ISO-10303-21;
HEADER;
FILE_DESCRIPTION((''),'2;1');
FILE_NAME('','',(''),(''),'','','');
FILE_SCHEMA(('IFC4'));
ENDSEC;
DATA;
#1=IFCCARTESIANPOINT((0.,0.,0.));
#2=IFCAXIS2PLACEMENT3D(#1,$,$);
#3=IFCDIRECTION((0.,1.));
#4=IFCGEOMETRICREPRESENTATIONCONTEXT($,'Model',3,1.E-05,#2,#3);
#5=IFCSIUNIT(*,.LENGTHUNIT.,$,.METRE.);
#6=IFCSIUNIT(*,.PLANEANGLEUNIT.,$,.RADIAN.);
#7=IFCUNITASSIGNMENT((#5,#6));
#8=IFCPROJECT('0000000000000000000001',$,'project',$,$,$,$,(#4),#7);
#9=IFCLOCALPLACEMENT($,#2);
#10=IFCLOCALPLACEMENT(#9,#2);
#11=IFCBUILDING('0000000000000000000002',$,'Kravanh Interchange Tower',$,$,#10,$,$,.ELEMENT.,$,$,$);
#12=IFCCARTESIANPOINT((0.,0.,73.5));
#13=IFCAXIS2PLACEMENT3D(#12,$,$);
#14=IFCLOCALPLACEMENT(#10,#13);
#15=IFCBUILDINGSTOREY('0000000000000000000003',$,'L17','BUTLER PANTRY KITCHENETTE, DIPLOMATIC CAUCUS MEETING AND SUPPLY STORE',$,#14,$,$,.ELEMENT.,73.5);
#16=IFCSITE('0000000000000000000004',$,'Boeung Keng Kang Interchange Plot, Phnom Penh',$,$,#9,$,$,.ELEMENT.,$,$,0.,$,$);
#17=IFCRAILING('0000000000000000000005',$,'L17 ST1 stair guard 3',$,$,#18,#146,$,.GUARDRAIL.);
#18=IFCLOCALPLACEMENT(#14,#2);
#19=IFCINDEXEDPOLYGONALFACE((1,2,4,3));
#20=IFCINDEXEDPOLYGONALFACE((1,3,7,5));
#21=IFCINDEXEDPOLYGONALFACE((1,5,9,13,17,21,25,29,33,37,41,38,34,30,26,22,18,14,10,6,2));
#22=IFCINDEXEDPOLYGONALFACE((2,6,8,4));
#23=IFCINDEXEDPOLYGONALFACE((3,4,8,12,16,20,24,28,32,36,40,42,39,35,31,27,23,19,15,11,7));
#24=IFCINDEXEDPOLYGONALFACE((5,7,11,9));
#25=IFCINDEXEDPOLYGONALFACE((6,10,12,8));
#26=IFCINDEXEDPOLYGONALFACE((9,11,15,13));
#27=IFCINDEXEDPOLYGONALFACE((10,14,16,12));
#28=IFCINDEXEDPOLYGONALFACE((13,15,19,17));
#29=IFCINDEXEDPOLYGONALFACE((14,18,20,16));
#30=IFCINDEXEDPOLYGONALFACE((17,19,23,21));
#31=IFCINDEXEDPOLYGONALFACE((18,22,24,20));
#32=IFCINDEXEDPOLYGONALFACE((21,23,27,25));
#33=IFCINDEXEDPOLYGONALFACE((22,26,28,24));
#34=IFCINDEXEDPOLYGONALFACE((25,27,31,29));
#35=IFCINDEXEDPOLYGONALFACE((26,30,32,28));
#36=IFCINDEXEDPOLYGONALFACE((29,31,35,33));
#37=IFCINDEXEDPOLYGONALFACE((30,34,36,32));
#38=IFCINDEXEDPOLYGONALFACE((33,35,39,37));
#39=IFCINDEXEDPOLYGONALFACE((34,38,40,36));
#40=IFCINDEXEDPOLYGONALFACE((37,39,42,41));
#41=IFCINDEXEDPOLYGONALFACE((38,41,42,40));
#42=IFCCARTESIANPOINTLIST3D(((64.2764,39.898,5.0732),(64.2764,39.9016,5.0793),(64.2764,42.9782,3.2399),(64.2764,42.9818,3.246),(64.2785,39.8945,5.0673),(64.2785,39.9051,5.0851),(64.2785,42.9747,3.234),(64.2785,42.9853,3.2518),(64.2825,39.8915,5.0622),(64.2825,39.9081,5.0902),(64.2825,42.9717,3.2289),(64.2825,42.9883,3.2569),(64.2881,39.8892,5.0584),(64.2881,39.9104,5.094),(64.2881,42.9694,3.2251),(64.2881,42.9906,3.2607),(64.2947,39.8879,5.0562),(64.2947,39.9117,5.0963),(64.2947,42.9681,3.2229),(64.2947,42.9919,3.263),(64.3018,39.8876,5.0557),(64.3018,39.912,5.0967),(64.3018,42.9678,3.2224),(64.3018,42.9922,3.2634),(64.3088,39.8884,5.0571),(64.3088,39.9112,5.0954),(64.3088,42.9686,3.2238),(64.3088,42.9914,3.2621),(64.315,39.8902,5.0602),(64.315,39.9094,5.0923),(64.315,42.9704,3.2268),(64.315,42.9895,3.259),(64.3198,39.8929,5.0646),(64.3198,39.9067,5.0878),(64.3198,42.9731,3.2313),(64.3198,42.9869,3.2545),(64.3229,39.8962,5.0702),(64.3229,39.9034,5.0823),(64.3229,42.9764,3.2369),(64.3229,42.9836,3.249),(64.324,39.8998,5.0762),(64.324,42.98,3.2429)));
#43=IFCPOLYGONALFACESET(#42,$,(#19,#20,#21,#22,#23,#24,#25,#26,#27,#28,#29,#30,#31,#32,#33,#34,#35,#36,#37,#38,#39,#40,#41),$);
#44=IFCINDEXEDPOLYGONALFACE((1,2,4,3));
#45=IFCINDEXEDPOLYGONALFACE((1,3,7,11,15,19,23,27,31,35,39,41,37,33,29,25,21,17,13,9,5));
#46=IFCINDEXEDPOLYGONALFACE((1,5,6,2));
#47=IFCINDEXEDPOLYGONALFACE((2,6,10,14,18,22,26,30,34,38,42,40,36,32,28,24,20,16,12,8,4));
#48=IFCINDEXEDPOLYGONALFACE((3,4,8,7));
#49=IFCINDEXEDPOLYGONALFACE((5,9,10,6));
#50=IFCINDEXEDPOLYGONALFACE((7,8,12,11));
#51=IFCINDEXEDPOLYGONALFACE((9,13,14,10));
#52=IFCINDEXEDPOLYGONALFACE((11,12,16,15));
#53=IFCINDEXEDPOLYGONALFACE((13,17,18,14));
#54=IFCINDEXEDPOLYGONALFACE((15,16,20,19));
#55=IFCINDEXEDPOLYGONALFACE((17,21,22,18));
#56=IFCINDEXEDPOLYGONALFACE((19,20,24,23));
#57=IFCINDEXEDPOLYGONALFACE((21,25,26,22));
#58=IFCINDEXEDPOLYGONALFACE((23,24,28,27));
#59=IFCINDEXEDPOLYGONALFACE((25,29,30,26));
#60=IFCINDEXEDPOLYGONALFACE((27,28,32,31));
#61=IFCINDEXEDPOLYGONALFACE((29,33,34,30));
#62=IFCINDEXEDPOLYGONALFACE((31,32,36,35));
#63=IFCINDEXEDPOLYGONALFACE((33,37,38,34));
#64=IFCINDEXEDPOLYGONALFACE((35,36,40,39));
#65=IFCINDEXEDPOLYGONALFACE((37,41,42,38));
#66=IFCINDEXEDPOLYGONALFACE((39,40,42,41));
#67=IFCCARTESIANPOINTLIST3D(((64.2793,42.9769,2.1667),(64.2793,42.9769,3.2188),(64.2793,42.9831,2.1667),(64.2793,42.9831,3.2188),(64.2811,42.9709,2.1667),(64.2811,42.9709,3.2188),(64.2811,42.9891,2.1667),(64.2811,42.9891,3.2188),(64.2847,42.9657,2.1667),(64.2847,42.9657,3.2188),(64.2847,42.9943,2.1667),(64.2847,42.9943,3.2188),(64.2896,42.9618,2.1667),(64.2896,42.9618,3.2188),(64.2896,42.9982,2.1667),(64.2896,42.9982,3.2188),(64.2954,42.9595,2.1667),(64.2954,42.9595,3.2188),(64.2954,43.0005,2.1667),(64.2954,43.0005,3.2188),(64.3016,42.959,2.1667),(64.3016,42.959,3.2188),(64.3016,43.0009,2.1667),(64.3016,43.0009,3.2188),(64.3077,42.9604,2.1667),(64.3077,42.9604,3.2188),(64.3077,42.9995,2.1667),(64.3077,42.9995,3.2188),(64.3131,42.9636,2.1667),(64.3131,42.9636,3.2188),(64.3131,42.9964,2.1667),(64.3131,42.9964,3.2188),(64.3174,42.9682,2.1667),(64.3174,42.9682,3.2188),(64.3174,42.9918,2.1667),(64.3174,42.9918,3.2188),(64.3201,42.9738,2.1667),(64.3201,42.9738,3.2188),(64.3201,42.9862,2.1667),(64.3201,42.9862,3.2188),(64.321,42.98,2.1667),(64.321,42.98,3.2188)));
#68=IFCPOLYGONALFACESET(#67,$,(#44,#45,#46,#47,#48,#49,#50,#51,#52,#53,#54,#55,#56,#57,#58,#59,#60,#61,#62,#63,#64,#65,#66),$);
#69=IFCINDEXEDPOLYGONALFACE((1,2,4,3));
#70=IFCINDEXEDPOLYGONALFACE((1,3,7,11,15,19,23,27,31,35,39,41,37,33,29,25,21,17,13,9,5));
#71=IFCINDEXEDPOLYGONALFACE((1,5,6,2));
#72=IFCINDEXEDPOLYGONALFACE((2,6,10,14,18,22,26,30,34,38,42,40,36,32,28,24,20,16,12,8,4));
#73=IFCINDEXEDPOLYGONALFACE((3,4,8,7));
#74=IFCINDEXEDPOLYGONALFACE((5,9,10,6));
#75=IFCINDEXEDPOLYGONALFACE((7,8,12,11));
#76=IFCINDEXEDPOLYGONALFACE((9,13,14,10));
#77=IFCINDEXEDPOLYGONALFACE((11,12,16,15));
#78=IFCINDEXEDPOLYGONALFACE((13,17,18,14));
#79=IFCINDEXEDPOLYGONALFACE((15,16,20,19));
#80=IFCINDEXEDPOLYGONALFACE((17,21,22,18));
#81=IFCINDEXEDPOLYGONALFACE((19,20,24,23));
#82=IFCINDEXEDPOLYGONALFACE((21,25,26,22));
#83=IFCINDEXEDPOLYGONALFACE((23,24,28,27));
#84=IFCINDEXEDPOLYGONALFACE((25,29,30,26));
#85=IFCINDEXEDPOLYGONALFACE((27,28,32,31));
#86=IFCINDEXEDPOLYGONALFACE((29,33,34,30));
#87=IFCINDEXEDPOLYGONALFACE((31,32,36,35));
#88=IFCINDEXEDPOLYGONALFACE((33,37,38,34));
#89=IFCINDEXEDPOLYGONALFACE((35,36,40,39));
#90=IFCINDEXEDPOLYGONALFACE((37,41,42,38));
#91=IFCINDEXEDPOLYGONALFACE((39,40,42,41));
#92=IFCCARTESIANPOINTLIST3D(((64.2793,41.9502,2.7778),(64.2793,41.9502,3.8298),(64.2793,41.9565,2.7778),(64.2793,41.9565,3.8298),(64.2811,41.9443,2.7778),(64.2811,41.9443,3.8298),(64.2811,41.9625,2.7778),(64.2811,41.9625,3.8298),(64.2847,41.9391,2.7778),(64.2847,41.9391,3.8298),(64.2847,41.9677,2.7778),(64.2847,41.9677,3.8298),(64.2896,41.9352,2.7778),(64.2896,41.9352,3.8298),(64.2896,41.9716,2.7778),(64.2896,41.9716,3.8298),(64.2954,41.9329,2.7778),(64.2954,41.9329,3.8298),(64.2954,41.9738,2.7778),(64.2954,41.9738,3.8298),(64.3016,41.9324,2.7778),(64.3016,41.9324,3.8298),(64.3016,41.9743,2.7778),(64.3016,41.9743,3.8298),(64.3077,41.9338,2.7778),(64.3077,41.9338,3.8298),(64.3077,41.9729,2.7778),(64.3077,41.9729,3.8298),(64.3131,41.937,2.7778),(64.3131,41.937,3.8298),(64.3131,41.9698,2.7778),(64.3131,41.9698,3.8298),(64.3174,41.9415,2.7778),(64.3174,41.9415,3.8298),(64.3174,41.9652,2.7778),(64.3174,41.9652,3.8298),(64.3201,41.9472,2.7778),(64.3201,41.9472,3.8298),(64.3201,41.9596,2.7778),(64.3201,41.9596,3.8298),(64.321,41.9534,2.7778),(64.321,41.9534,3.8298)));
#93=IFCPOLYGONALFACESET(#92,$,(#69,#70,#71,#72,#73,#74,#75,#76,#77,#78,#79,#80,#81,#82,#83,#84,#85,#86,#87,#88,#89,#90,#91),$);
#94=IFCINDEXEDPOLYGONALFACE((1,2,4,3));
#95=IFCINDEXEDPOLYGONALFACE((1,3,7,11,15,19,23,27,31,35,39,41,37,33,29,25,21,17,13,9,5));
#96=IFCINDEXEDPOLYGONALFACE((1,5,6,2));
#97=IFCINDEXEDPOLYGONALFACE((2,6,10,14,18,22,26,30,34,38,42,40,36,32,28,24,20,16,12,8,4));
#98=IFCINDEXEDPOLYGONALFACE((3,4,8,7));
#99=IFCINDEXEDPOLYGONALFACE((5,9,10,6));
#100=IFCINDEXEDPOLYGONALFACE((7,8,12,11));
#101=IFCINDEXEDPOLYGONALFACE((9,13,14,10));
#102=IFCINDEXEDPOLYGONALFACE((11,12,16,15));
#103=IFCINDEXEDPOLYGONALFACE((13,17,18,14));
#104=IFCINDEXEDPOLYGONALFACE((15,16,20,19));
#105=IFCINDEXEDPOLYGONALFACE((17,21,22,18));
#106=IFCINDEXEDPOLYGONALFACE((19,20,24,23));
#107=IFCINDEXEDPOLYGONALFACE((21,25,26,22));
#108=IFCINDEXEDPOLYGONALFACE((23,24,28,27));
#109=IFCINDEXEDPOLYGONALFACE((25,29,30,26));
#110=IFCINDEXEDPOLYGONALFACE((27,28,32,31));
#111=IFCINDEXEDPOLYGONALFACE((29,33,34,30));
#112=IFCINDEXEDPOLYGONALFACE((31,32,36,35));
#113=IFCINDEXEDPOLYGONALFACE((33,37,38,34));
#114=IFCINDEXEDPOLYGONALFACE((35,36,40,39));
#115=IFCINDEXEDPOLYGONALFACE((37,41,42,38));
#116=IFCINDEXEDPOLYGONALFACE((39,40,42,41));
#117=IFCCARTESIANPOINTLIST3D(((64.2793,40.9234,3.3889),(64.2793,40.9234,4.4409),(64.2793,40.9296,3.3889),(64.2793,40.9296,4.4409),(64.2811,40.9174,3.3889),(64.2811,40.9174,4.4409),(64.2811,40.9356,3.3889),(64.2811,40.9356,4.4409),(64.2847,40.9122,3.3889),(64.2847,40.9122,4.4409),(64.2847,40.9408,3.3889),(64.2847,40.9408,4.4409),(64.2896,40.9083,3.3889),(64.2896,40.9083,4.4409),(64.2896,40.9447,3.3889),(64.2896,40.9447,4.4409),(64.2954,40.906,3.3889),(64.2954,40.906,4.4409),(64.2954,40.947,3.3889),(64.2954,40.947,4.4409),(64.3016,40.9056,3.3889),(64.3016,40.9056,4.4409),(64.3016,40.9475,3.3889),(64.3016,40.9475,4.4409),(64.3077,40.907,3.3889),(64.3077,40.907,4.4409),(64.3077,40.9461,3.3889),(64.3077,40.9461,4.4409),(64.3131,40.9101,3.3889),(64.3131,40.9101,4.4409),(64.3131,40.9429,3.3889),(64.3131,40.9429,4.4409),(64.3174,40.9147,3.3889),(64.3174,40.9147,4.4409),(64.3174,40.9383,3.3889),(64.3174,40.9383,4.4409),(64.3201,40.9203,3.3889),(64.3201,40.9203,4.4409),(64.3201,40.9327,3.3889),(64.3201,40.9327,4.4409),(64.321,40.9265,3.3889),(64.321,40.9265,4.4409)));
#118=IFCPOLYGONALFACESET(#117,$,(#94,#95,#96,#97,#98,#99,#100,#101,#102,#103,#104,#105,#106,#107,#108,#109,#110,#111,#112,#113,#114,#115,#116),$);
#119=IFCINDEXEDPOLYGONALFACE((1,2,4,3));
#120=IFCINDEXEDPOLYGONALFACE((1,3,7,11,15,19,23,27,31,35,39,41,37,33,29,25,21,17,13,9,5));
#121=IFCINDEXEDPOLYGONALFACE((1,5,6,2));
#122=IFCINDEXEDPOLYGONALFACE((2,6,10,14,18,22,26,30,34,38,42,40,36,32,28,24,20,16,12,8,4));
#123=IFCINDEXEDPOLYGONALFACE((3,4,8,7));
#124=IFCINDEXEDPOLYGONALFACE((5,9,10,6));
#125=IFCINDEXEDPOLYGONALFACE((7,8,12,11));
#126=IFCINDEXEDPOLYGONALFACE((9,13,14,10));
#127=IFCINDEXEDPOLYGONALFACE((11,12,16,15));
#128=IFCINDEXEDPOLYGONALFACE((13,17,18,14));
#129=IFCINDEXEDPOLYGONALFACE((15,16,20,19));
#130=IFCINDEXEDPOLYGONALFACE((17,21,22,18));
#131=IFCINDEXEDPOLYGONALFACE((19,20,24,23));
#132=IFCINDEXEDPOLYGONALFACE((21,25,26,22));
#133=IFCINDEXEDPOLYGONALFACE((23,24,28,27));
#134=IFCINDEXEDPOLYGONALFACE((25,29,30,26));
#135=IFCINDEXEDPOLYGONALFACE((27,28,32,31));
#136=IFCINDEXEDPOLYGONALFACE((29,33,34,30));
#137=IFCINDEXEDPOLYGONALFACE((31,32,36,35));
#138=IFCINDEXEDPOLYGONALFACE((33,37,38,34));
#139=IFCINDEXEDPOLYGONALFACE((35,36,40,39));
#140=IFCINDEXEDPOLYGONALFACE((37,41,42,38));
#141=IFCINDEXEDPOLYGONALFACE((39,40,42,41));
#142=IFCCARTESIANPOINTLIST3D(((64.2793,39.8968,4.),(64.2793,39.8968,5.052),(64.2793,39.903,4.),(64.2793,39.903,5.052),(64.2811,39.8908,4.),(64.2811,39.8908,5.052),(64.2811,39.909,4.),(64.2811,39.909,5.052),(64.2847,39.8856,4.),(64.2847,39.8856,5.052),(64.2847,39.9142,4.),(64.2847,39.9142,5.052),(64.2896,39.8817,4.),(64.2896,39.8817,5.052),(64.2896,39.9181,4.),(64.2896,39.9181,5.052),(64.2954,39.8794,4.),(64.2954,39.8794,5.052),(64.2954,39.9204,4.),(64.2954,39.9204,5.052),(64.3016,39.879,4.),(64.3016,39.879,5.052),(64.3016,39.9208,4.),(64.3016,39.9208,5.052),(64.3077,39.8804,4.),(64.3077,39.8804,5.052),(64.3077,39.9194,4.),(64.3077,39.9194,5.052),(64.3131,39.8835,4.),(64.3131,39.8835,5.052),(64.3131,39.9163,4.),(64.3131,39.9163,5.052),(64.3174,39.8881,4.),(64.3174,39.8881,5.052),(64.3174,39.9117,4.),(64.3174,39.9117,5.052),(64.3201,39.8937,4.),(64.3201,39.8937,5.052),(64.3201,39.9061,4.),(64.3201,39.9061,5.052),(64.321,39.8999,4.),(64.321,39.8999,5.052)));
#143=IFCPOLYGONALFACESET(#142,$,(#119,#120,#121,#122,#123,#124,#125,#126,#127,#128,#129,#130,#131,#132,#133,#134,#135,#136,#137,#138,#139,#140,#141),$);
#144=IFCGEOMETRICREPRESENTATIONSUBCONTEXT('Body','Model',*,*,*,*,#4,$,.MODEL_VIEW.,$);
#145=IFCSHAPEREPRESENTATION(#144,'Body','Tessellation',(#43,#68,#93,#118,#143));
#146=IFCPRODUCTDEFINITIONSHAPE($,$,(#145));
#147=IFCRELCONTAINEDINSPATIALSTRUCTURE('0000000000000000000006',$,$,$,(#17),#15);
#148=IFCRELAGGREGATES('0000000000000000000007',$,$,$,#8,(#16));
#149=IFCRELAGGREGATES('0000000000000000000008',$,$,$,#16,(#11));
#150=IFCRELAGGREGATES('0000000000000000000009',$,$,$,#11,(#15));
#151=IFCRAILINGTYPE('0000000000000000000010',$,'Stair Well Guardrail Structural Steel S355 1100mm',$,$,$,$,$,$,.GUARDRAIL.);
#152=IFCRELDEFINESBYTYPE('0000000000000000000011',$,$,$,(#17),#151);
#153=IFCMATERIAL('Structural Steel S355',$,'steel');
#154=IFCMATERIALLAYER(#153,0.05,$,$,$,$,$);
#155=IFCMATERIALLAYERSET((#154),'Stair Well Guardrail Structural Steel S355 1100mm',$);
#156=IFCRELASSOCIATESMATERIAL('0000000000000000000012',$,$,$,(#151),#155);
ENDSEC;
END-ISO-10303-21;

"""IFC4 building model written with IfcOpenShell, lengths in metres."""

from ifc_helpers import new_model, si_unit, direction, frame, origin, origin_2d, place, context, subcontext, project, spatial, circle, extrude, material, layer, layer_set, type_object, element, save


model = new_model("IFC4")

# Units and contexts
model_context = context("Model", 3, precision=1e-05, world=origin(), true_north=direction((0.0, 1.0)))
body_context = subcontext(model_context, "Body", "Model", "MODEL_VIEW")
ifc_project = project(units=[si_unit("LENGTHUNIT", "METRE"), si_unit("PLANEANGLEUNIT", "RADIAN")], contexts=[model_context])

# Site, building, storey
site_placement = place(None, origin())
site = spatial("IfcSite", under=ifc_project, at=site_placement, Name="Boeung Keng Kang Interchange Plot, Phnom Penh", CompositionType="ELEMENT", RefElevation=0.0)
building_placement = place(site_placement, origin())
building = spatial("IfcBuilding", under=site, at=building_placement, Name="Kravanh Interchange Tower", CompositionType="ELEMENT")
storey_placement = place(building_placement, frame((0.0, 0.0, 73.5)))
storey = spatial("IfcBuildingStorey", under=building, at=storey_placement, Name="L17", Description="BUTLER PANTRY KITCHENETTE, DIPLOMATIC CAUCUS MEETING AND SUPPLY STORE", CompositionType="ELEMENT", Elevation=73.5)

# Railing
ifc_material_1 = material(Name="Structural Steel S355", Category="steel")
ifc_layer_1 = layer(ifc_material_1, 0.05)
ifc_layer_set_1 = layer_set([ifc_layer_1], Name="Stair Well Guardrail Structural Steel S355 1100mm")
railing_type_1 = type_object("IfcRailingType", Name="Stair Well Guardrail Structural Steel S355 1100mm", PredefinedType="GUARDRAIL", material=ifc_layer_set_1)
railing_1_placement = place(storey_placement, frame((64.3, 42.98, 2.1667)))
element("IfcRailing", 1, at=railing_1_placement, inside=storey, type_object=railing_type_1, Name="L17 ST1 stair guard 3", PredefinedType="GUARDRAIL", context=body_context, shape_type="SweptSolid", body=[
    extrude(circle(Radius=0.0239, at=origin_2d()), frame((0.0, 0.0, 1.0762), z_axis=(0.0, -0.859309, 0.511458), x_axis=(1.0, 0.0, 0.0)), (0.0, 0.0, 1.0), 3.5845),
    extrude(circle(Radius=0.021, at=origin_2d()), origin(), (0.0, 0.0, 1.0), 1.052),
    extrude(circle(Radius=0.021, at=origin_2d()), frame((0.0, -1.0266, 0.6111)), (0.0, 0.0, 1.0), 1.052),
    extrude(circle(Radius=0.021, at=origin_2d()), frame((0.0, -2.0535, 1.2222)), (0.0, 0.0, 1.0), 1.052),
    extrude(circle(Radius=0.021, at=origin_2d()), frame((0.0, -3.0801, 1.8333)), (0.0, 0.0, 1.0), 1.052),
])

save(model, "model.ifc")
